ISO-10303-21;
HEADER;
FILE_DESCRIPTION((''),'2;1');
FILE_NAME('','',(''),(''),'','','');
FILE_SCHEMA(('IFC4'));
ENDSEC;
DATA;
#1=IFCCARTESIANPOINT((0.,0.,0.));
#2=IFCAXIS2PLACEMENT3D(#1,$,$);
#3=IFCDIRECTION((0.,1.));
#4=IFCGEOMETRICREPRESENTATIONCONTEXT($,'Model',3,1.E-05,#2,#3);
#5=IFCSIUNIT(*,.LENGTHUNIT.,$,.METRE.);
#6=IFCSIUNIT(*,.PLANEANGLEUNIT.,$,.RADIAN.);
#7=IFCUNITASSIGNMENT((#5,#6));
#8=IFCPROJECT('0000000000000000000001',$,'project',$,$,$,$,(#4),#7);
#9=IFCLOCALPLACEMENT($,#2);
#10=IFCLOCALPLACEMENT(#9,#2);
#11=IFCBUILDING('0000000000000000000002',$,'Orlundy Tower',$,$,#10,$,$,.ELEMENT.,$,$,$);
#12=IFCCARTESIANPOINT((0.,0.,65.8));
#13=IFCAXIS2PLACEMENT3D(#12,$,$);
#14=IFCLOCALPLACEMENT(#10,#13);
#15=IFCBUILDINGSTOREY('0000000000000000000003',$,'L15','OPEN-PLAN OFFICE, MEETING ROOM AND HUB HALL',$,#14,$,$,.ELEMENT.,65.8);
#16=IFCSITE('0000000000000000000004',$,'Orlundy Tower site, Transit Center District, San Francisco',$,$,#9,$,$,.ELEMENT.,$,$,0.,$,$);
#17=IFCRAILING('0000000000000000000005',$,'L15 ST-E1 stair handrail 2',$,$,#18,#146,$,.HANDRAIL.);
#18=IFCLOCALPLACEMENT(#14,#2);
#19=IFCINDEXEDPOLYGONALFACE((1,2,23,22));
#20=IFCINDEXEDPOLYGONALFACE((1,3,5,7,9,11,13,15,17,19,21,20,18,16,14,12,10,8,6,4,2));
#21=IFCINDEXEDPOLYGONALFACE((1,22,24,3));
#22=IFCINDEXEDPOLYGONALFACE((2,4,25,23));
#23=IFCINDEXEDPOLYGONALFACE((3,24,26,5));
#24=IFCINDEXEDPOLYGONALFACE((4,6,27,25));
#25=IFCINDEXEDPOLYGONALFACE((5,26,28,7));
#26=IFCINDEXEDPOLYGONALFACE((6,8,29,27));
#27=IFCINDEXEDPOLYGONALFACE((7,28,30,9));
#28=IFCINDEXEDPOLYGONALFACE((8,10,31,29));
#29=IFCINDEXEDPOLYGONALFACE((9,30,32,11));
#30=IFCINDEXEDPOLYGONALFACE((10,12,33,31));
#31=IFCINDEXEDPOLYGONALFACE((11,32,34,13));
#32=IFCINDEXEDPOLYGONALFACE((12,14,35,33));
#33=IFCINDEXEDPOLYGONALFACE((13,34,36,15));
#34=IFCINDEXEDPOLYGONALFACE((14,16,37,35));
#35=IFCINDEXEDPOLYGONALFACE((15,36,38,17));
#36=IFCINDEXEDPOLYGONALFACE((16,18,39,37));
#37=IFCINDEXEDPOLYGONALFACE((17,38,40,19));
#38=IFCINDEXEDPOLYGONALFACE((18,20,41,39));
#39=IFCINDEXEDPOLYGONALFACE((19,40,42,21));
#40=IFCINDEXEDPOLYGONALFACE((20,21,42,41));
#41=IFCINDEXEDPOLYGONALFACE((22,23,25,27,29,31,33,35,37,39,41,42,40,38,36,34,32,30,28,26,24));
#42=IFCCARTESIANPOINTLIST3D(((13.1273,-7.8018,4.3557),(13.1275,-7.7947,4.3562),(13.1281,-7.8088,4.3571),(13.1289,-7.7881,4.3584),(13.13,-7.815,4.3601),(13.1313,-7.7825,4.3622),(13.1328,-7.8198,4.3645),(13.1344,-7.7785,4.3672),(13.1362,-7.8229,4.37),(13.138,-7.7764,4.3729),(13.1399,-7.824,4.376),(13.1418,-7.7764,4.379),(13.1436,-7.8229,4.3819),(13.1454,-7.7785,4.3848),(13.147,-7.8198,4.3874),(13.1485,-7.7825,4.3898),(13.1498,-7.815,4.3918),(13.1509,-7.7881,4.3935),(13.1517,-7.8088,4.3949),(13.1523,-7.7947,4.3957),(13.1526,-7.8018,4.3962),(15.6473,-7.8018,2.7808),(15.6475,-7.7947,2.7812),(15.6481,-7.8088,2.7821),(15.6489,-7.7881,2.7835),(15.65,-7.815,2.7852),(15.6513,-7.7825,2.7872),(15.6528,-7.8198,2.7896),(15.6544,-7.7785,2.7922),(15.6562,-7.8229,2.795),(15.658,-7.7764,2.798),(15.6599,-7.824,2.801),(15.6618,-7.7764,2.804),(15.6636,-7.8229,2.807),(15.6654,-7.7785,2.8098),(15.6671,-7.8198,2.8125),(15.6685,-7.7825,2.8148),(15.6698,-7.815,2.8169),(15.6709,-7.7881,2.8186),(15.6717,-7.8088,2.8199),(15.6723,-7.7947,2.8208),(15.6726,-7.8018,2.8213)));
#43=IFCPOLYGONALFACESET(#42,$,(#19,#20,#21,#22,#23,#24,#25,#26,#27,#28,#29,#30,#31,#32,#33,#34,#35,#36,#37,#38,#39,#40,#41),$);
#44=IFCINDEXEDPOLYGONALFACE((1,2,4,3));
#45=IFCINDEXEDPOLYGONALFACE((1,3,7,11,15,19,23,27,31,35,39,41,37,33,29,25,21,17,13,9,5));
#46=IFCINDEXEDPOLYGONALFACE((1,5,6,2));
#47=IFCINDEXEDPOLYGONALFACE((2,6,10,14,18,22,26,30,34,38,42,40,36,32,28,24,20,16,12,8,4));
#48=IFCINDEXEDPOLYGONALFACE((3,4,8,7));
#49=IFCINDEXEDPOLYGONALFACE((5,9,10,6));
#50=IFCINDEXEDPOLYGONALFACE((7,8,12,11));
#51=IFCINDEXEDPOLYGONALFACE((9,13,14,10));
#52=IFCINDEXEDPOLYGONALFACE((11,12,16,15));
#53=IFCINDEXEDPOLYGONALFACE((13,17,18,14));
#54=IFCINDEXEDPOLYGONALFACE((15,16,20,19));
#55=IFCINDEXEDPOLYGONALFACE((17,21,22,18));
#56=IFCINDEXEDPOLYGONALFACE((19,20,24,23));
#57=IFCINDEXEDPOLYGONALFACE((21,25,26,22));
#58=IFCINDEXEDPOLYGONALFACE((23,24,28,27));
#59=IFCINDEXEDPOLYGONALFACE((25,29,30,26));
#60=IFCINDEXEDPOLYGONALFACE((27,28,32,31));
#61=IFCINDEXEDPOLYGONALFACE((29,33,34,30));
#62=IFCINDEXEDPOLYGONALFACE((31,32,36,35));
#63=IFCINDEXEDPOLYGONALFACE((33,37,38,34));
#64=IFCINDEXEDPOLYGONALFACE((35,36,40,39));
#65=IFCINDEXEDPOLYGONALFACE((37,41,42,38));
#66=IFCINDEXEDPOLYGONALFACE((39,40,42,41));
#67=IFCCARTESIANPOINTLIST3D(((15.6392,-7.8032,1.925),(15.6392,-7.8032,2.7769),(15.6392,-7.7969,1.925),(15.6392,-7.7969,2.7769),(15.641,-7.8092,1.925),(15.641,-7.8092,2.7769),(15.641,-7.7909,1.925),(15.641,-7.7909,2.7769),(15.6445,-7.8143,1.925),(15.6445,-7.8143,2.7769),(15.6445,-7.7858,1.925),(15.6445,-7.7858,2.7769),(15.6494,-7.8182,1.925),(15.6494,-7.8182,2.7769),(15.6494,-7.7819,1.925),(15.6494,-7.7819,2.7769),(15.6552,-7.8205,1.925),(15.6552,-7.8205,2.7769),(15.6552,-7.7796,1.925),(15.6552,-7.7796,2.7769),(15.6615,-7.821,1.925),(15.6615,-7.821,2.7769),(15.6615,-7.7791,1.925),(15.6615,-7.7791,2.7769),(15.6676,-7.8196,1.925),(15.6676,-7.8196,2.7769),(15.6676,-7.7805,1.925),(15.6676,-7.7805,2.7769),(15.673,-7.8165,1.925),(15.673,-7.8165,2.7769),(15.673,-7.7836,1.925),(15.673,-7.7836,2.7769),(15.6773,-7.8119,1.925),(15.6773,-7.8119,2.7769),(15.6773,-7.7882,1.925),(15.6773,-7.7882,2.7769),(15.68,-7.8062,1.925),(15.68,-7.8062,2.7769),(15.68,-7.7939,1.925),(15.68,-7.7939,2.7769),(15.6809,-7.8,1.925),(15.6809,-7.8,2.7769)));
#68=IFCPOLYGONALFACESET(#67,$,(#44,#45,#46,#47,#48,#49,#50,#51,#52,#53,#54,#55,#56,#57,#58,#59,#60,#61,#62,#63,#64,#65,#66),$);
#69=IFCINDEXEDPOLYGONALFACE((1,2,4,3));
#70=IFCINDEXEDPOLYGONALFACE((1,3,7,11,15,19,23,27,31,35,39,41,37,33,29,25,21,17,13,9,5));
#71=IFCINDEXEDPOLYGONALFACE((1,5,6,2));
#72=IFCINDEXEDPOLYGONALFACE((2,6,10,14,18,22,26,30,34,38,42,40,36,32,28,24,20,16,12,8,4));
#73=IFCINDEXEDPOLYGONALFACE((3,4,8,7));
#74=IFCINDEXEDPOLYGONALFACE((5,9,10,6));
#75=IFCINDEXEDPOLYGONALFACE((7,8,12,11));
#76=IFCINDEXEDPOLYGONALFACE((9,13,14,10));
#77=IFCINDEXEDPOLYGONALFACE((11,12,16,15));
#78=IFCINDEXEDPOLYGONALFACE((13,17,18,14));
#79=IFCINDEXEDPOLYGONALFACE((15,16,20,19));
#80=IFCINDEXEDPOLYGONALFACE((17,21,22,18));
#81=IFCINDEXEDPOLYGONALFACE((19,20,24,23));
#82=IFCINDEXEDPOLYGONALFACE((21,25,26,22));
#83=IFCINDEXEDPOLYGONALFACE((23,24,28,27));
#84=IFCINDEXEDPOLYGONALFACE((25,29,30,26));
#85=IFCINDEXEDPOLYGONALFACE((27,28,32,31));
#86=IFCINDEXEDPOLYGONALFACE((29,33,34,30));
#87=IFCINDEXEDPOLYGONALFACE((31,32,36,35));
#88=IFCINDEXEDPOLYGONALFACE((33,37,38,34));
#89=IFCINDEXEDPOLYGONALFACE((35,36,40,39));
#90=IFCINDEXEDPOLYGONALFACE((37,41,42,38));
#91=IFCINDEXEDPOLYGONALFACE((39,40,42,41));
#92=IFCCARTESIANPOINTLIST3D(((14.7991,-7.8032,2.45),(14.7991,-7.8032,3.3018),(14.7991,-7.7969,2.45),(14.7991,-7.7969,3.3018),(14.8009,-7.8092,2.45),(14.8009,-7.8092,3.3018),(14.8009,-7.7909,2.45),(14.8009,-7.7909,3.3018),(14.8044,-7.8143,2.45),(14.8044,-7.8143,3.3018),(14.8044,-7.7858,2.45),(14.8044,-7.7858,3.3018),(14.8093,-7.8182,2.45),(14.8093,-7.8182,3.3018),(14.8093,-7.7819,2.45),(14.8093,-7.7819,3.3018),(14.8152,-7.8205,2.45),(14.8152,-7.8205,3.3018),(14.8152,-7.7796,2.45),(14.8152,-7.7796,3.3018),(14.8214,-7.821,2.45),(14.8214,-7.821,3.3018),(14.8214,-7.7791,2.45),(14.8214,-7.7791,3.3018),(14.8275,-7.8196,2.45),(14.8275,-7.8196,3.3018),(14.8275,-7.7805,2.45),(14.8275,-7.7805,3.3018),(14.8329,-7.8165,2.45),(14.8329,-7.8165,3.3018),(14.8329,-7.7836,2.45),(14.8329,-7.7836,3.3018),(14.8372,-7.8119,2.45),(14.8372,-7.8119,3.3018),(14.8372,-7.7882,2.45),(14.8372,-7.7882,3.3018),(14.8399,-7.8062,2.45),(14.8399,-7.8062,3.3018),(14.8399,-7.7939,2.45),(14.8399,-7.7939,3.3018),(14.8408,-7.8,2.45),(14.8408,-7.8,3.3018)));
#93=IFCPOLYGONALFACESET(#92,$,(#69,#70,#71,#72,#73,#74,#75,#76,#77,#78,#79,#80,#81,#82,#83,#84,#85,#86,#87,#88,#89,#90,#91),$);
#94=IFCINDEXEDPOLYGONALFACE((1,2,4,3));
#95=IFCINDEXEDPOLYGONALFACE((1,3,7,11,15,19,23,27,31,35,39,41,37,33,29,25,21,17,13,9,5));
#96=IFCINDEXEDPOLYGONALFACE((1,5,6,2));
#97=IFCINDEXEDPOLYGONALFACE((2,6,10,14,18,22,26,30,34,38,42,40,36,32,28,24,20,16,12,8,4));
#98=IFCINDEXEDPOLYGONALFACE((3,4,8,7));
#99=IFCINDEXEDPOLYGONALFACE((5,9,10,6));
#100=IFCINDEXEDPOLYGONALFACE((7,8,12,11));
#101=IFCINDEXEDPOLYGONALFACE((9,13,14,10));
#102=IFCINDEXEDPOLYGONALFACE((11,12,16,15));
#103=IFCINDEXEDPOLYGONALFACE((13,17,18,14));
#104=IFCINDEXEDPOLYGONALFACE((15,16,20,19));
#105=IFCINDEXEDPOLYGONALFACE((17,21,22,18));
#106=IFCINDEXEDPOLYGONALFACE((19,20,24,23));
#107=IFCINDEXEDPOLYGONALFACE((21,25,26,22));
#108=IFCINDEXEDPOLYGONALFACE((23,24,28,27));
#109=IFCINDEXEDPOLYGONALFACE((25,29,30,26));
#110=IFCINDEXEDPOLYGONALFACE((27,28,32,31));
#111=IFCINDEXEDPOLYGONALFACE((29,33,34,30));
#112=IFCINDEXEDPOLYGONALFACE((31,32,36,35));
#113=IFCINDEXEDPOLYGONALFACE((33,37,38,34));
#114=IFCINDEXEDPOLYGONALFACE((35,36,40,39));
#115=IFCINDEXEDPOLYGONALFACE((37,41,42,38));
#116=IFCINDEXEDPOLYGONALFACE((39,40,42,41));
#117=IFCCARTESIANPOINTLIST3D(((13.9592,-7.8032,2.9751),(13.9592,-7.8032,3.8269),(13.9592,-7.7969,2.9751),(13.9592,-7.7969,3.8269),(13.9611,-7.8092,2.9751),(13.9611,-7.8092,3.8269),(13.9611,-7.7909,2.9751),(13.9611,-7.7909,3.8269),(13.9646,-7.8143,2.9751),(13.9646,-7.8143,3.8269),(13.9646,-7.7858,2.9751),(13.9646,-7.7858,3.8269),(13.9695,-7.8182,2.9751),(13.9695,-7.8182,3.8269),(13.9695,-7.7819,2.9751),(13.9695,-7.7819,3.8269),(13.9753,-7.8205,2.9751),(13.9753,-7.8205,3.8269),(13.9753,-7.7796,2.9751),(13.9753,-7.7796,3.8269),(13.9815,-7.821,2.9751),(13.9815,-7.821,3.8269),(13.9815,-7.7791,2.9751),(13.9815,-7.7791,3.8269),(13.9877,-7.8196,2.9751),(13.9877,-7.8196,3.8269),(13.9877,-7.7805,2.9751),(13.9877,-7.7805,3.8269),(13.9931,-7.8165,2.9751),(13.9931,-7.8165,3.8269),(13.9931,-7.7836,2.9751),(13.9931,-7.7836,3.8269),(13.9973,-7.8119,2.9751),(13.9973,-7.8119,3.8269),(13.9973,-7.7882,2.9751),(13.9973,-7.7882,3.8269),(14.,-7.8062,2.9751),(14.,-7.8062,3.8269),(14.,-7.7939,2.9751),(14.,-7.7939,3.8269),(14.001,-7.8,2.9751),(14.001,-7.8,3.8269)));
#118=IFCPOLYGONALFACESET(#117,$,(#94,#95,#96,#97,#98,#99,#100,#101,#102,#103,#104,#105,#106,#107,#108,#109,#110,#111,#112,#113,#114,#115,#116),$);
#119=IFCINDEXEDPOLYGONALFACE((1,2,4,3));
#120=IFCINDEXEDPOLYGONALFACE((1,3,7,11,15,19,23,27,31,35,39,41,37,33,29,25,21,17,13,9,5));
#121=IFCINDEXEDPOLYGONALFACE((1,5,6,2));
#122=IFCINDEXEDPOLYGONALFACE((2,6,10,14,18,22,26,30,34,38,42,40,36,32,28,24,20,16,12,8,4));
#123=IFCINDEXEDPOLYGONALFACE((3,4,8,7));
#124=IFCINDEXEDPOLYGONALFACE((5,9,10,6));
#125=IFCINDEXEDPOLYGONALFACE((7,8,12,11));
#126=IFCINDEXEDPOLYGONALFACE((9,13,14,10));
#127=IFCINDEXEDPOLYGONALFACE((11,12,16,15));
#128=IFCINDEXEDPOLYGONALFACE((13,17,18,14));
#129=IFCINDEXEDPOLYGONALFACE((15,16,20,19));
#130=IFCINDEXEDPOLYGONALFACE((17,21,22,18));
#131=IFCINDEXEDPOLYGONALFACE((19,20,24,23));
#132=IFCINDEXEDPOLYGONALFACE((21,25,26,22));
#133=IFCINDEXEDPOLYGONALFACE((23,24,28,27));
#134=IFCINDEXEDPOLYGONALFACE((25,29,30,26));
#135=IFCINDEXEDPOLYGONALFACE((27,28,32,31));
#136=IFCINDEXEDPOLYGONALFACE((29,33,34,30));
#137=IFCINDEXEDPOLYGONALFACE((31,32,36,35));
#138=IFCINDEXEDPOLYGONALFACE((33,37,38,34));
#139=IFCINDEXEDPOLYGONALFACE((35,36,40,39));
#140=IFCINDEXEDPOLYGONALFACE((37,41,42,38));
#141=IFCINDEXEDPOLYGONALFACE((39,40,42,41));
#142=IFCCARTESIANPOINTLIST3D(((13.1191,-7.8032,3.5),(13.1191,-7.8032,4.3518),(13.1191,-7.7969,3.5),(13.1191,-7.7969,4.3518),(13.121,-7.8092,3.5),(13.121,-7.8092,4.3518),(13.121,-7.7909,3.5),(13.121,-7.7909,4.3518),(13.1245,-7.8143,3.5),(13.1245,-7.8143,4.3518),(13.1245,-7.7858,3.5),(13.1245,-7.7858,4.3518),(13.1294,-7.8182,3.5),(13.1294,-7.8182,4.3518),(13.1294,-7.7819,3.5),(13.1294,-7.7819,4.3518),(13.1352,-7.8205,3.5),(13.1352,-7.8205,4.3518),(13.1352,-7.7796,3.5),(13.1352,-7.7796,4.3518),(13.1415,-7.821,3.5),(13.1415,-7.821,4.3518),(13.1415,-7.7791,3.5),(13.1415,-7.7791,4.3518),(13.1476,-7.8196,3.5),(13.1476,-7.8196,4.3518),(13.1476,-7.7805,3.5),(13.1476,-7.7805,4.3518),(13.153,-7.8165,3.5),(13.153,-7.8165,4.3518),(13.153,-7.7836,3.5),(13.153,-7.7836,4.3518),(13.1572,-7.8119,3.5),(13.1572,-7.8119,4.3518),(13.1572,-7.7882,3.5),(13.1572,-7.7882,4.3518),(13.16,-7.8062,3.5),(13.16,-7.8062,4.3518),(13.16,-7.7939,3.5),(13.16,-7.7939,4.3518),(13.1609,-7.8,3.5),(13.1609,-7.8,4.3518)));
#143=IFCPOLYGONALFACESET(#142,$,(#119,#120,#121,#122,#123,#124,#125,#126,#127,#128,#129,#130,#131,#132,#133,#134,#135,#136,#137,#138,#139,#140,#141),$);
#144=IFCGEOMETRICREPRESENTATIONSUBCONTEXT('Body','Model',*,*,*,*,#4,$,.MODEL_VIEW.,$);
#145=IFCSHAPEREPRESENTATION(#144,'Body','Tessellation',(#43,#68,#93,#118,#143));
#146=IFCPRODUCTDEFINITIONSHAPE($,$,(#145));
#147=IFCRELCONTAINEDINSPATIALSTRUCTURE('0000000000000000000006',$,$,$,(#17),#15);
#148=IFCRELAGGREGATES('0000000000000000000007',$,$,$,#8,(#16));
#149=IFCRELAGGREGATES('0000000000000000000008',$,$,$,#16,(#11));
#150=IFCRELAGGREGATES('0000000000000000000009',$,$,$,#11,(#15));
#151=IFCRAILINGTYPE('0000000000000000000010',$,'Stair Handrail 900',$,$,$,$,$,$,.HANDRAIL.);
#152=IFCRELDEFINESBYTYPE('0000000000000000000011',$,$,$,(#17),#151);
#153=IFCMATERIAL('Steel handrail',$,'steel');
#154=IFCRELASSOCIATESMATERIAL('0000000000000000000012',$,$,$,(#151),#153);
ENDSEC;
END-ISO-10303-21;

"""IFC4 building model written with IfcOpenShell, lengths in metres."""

from ifc_helpers import new_model, si_unit, direction, frame, origin, origin_2d, place, context, subcontext, project, spatial, circle, extrude, material, type_object, element, save


model = new_model("IFC4")

# Units and contexts
model_context = context("Model", 3, precision=1e-05, world=origin(), true_north=direction((0.0, 1.0)))
body_context = subcontext(model_context, "Body", "Model", "MODEL_VIEW")
ifc_project = project(units=[si_unit("LENGTHUNIT", "METRE"), si_unit("PLANEANGLEUNIT", "RADIAN")], contexts=[model_context])

# Site, building, storey
site_placement = place(None, origin())
site = spatial("IfcSite", under=ifc_project, at=site_placement, Name="Orlundy Tower site, Transit Center District, San Francisco", CompositionType="ELEMENT", RefElevation=0.0)
building_placement = place(site_placement, origin())
building = spatial("IfcBuilding", under=site, at=building_placement, Name="Orlundy Tower", CompositionType="ELEMENT")
storey_placement = place(building_placement, frame((0.0, 0.0, 65.8)))
storey = spatial("IfcBuildingStorey", under=building, at=storey_placement, Name="L15", Description="OPEN-PLAN OFFICE, MEETING ROOM AND HUB HALL", CompositionType="ELEMENT", Elevation=65.8)

# Railing
ifc_material_1 = material(Name="Steel handrail", Category="steel")
railing_type_1 = type_object("IfcRailingType", Name="Stair Handrail 900", PredefinedType="HANDRAIL", material=ifc_material_1)
railing_1_placement = place(storey_placement, frame((15.6599, -7.8, 1.925)))
element("IfcRailing", 1, at=railing_1_placement, inside=storey, type_object=railing_type_1, Name="L15 ST-E1 stair handrail 2", PredefinedType="HANDRAIL", context=body_context, shape_type="SweptSolid", body=[
    extrude(circle(Radius=0.0239, at=origin_2d()), frame((0.0, 0.0, 0.876), z_axis=(-0.848008, 0.0, 0.529984), x_axis=(0.0, -1.0, 0.0)), (0.0, 0.0, 1.0), 2.9717),
    extrude(circle(Radius=0.021, at=origin_2d()), origin(), (0.0, 0.0, 1.0), 0.8518),
    extrude(circle(Radius=0.021, at=origin_2d()), frame((-0.8401, 0.0, 0.5249)), (0.0, 0.0, 1.0), 0.8518),
    extrude(circle(Radius=0.021, at=origin_2d()), frame((-1.6799, 0.0, 1.05)), (0.0, 0.0, 1.0), 0.8518),
    extrude(circle(Radius=0.021, at=origin_2d()), frame((-2.52, 0.0, 1.575)), (0.0, 0.0, 1.0), 0.8518),
])

save(model, "model.ifc")
